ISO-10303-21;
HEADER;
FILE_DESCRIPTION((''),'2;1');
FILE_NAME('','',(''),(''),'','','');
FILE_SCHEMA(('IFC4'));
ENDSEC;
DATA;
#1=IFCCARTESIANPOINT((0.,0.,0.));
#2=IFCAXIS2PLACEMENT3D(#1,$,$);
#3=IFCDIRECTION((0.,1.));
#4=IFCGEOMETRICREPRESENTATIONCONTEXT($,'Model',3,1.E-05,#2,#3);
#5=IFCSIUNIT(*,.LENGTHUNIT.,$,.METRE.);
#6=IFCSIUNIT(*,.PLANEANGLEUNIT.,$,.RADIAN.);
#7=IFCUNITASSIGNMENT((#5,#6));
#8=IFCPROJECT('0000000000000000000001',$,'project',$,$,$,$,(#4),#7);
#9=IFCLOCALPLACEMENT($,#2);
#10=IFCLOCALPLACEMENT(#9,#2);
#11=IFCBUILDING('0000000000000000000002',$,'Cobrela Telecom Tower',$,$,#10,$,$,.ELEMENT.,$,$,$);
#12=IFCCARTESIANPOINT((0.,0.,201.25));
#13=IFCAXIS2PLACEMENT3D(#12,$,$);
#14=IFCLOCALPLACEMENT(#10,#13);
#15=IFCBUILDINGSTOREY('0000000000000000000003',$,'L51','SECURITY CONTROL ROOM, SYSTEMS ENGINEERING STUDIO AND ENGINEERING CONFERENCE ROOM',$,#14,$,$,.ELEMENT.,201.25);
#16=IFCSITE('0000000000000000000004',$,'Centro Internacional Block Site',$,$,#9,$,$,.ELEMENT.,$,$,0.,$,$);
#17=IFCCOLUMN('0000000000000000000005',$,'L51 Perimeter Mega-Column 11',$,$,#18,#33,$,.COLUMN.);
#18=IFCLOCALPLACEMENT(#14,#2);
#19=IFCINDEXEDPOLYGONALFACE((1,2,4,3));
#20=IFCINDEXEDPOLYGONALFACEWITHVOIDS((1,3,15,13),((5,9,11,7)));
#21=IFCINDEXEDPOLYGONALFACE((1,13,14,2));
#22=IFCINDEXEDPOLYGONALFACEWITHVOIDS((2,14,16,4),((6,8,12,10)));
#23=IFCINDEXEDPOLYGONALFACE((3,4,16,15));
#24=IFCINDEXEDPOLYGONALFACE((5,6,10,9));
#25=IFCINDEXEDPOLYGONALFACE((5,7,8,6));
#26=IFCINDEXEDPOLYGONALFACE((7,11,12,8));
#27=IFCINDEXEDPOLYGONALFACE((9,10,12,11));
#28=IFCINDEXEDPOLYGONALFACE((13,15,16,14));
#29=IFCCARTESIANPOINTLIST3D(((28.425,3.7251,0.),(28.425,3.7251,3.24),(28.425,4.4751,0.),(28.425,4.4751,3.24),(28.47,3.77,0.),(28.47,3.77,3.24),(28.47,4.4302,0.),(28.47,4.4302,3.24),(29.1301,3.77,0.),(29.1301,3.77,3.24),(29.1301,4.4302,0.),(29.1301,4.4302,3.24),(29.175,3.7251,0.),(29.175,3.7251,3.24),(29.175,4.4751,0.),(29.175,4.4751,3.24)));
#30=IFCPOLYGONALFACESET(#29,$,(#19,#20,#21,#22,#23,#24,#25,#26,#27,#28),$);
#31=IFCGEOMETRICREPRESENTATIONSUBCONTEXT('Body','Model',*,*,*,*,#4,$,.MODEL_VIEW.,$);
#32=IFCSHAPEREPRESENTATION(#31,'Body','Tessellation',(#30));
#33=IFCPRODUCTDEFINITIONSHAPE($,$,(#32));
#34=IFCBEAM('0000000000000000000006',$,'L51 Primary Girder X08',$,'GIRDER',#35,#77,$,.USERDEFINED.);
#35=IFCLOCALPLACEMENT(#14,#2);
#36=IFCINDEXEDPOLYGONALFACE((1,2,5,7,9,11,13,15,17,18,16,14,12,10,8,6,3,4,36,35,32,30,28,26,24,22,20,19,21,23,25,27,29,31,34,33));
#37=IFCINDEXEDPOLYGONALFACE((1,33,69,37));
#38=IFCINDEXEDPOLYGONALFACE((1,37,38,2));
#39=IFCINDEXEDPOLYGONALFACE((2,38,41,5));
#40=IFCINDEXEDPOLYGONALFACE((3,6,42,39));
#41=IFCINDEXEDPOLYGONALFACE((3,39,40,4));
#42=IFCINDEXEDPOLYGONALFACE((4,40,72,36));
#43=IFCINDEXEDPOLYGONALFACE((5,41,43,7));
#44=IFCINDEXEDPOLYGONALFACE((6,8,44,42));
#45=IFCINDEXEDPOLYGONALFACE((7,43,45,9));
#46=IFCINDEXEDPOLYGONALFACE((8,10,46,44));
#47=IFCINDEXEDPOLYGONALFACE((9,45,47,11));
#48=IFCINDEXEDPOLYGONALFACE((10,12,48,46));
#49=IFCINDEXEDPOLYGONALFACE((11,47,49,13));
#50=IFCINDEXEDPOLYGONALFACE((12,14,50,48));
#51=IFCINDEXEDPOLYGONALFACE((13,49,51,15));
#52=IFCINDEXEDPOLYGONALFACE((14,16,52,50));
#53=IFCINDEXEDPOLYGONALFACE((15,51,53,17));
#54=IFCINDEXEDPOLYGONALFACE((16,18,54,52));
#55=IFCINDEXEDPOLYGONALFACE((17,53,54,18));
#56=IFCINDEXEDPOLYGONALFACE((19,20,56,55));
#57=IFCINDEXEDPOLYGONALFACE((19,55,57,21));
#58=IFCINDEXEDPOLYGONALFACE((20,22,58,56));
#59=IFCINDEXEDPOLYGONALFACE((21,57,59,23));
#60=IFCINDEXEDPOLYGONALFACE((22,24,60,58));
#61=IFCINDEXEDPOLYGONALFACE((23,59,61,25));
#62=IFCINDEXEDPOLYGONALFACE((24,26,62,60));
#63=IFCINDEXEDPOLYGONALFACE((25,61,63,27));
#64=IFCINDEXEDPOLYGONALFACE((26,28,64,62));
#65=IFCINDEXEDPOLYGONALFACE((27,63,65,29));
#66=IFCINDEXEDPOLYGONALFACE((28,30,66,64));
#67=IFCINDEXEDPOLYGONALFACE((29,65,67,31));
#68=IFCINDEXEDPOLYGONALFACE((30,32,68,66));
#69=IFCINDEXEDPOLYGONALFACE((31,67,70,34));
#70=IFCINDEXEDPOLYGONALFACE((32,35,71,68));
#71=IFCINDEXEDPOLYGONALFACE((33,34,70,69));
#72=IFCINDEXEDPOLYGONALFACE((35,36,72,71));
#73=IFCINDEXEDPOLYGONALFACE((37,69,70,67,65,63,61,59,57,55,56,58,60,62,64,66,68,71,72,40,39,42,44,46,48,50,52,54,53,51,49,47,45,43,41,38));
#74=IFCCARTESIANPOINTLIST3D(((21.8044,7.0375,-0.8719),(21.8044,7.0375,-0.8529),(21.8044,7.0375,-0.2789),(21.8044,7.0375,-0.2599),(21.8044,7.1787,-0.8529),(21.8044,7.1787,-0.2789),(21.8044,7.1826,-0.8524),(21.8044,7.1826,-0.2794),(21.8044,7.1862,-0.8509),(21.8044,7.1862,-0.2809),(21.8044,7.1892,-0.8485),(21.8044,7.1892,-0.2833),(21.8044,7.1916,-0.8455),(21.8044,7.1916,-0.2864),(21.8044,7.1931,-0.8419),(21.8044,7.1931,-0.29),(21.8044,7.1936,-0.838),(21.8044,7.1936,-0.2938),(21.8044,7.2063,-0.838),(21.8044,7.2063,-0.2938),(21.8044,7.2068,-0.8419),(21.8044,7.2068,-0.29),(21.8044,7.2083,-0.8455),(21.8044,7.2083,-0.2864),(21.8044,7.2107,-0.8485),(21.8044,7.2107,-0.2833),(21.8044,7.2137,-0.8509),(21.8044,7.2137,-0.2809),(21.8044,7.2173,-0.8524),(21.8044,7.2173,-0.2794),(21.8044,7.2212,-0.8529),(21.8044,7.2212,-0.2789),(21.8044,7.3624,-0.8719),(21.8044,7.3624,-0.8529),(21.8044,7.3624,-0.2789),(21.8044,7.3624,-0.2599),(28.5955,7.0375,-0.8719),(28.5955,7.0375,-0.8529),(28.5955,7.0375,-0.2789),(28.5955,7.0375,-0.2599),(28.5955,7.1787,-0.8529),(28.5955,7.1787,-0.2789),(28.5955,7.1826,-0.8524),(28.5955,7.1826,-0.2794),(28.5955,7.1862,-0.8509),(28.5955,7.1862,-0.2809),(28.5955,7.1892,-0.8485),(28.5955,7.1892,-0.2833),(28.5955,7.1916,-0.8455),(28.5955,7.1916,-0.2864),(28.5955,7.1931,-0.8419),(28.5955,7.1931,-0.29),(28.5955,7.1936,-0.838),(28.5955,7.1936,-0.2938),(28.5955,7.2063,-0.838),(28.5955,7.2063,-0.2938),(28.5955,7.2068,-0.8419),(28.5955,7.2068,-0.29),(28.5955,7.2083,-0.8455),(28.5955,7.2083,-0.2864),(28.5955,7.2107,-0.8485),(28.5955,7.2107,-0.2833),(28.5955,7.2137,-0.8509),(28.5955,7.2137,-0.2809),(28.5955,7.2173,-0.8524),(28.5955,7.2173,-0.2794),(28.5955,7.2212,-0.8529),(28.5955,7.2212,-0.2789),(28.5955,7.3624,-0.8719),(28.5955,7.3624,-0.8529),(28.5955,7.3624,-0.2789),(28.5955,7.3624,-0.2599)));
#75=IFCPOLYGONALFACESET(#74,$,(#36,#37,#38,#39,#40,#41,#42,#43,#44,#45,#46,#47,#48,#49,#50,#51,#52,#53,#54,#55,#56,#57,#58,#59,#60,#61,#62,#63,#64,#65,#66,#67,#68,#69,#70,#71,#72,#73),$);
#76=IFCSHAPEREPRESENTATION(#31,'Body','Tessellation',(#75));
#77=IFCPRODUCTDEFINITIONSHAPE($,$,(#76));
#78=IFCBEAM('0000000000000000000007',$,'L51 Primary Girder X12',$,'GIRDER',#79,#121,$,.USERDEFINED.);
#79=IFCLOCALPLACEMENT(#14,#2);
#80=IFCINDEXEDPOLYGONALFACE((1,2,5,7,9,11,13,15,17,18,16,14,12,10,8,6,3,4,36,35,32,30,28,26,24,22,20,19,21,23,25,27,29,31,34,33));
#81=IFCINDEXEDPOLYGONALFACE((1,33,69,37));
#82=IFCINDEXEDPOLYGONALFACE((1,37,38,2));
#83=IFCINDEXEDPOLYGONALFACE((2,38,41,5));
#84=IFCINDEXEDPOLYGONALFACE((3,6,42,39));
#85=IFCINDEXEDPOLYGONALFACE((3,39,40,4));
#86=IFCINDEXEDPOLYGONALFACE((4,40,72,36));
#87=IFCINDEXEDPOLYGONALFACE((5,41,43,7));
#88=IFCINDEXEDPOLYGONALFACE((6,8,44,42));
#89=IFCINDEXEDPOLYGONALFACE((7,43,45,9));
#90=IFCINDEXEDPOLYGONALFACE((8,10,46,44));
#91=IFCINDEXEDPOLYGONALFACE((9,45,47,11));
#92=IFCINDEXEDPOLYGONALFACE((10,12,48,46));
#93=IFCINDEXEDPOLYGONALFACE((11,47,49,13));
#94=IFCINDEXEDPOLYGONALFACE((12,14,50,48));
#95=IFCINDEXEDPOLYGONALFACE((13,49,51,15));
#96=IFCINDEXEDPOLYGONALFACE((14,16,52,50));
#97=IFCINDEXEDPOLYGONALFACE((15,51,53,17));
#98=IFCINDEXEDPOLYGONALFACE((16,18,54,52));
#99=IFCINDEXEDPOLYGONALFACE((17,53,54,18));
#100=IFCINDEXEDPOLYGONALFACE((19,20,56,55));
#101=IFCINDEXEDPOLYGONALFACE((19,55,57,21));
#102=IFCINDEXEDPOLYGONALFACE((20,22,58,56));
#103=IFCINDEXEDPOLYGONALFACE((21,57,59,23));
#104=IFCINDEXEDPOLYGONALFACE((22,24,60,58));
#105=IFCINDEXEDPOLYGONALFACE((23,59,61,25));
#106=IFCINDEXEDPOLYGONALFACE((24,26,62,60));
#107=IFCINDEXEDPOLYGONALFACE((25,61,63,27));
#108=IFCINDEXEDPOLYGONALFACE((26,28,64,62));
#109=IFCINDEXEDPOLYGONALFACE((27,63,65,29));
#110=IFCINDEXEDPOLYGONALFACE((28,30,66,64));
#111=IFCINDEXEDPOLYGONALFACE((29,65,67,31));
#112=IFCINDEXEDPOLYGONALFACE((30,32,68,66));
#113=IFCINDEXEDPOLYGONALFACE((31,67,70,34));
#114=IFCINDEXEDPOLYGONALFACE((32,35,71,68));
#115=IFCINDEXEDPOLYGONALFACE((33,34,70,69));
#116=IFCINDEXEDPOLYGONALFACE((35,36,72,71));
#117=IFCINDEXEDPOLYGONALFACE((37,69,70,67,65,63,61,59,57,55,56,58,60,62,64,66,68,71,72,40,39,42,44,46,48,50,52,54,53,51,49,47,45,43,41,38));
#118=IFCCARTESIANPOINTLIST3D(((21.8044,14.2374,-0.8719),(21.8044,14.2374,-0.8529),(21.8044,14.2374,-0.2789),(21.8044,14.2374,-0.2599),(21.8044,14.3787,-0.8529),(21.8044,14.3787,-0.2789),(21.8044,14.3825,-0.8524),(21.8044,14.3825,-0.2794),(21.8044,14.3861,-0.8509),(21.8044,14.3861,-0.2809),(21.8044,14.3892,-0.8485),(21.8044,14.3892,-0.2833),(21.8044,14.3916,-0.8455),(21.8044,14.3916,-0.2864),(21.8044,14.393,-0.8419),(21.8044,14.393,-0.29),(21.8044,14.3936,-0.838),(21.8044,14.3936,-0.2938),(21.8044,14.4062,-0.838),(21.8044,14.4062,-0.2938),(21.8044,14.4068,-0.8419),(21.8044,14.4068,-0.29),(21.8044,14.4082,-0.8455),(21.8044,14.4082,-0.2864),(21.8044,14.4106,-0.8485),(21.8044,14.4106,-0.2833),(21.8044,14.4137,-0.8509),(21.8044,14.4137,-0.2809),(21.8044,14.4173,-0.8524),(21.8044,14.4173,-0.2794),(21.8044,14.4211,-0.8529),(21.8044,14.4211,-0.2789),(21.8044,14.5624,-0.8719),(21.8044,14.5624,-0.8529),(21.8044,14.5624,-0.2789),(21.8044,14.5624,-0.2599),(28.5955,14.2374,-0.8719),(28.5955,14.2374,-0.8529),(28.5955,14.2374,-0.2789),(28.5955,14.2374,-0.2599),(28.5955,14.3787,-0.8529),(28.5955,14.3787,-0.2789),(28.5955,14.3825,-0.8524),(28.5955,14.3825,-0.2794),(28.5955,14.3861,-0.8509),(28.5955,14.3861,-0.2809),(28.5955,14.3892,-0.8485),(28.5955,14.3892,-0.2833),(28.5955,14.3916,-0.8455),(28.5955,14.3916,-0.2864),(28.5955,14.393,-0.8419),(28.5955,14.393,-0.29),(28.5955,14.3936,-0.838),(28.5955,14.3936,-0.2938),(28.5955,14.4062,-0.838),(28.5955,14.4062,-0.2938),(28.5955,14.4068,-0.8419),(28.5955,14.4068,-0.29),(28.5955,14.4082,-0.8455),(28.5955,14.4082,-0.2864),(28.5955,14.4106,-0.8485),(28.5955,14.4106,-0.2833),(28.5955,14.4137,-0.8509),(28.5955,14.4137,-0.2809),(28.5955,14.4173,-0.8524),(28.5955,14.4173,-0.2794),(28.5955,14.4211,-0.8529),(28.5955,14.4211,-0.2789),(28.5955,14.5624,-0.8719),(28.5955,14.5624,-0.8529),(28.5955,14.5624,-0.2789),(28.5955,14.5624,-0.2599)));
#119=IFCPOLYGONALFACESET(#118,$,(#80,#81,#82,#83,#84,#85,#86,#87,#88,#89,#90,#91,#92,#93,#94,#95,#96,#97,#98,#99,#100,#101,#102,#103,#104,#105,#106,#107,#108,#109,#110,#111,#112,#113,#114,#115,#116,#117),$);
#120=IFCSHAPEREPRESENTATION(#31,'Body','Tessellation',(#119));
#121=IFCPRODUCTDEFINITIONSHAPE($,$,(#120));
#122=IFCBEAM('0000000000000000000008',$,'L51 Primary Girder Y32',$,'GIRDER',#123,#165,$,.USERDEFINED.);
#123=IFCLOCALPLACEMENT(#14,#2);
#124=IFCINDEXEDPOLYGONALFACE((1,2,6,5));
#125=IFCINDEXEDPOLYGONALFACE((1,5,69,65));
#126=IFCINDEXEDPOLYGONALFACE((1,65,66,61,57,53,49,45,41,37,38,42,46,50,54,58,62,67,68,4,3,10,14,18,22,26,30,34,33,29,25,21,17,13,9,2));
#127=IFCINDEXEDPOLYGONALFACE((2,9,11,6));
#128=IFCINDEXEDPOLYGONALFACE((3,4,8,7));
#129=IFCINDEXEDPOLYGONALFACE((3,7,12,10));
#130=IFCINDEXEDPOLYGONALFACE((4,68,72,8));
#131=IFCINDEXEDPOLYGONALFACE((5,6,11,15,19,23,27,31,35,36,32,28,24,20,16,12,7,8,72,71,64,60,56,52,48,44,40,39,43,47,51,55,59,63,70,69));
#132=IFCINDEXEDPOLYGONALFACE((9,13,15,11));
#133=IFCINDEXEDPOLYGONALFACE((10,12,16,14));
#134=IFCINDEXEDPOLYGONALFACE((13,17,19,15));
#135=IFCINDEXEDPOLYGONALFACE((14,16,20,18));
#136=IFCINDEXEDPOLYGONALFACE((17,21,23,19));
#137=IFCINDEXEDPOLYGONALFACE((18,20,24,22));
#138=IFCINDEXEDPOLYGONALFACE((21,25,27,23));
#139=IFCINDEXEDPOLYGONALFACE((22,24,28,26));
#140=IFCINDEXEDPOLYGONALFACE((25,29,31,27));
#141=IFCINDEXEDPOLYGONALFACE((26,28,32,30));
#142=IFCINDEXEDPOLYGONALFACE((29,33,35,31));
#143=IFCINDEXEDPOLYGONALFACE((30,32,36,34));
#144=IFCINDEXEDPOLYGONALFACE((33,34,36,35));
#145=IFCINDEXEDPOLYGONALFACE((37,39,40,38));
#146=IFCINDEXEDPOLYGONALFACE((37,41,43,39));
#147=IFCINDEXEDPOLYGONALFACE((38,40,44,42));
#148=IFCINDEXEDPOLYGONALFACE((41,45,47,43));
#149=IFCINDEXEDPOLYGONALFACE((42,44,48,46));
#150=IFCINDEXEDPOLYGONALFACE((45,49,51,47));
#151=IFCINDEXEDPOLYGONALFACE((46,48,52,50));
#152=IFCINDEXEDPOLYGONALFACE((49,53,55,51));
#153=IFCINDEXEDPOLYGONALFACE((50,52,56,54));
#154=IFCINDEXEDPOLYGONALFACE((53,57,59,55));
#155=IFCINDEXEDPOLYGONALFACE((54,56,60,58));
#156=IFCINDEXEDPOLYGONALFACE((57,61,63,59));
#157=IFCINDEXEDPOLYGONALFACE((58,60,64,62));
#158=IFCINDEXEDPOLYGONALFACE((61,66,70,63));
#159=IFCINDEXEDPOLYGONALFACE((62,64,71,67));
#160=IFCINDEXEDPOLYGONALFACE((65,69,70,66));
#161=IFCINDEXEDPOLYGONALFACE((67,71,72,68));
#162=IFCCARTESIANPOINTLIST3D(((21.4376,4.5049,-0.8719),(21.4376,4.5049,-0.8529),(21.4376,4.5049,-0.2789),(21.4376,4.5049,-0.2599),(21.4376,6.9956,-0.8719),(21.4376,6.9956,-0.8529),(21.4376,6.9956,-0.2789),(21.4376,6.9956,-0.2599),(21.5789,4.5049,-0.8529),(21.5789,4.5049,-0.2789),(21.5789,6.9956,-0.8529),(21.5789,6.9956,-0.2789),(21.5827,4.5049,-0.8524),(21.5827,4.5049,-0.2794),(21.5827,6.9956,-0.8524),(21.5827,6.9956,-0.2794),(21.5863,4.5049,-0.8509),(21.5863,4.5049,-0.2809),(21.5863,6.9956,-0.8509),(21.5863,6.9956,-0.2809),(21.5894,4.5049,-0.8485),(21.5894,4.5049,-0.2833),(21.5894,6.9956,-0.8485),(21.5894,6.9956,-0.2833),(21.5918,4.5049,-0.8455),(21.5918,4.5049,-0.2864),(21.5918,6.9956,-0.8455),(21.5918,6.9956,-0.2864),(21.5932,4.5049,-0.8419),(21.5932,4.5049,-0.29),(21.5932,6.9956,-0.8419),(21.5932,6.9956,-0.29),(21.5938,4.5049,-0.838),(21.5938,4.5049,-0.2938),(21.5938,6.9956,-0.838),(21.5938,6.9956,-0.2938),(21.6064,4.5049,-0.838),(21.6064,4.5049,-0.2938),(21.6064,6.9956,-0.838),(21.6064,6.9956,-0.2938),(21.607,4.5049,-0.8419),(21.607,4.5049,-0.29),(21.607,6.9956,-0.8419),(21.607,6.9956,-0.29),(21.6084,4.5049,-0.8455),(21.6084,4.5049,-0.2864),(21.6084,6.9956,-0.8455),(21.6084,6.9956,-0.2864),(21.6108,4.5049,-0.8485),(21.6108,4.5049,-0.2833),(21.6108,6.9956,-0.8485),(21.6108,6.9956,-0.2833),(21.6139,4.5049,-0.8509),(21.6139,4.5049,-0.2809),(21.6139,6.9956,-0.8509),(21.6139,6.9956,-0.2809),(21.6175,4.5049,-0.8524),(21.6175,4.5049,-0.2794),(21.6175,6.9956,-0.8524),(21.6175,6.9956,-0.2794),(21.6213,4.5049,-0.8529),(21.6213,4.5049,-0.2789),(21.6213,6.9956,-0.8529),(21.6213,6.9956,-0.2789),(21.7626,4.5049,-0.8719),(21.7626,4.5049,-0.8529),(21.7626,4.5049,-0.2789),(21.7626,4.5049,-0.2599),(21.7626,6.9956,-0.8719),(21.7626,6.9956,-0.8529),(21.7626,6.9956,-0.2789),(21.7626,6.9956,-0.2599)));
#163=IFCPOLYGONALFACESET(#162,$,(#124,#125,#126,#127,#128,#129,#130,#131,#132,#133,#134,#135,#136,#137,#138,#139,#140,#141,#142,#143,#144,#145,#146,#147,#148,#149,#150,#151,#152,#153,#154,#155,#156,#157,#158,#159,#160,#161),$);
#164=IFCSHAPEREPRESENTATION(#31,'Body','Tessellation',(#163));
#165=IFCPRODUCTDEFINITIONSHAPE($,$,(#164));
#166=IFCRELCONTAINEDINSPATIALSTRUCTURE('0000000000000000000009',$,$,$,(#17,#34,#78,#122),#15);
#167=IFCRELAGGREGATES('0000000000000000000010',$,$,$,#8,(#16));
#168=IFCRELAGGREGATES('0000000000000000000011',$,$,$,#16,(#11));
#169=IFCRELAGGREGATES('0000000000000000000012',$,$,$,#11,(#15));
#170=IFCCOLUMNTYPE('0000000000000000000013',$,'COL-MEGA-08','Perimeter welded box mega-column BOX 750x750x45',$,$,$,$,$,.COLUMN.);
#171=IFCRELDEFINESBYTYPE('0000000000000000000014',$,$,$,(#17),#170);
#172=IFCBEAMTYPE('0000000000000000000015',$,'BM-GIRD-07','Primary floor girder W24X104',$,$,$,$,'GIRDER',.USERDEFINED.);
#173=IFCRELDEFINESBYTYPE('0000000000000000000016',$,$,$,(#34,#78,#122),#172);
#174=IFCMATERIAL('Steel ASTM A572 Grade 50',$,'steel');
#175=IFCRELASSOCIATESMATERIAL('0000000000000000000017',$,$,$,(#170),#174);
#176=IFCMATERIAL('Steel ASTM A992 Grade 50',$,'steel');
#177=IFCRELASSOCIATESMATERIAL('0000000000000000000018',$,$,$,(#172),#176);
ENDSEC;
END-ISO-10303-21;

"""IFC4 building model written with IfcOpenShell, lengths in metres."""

from ifc_helpers import new_model, si_unit, direction, frame, origin, origin_2d, place, context, subcontext, project, spatial, hollow_rectangle, i_section, extrude, material, material_profile, profile_set, type_object, element, save


model = new_model("IFC4")

# Units and contexts
model_context = context("Model", 3, precision=1e-05, world=origin(), true_north=direction((0.0, 1.0)))
body_context = subcontext(model_context, "Body", "Model", "MODEL_VIEW")
ifc_project = project(units=[si_unit("LENGTHUNIT", "METRE"), si_unit("PLANEANGLEUNIT", "RADIAN")], contexts=[model_context])

# Site, building, storey
site_placement = place(None, origin())
site = spatial("IfcSite", under=ifc_project, at=site_placement, Name="Centro Internacional Block Site", CompositionType="ELEMENT", RefElevation=0.0)
building_placement = place(site_placement, origin())
building = spatial("IfcBuilding", under=site, at=building_placement, Name="Cobrela Telecom Tower", CompositionType="ELEMENT")
storey_placement = place(building_placement, frame((0.0, 0.0, 201.25)))
storey = spatial("IfcBuildingStorey", under=building, at=storey_placement, Name="L51", Description="SECURITY CONTROL ROOM, SYSTEMS ENGINEERING STUDIO AND ENGINEERING CONFERENCE ROOM", CompositionType="ELEMENT", Elevation=201.25)

# Column
ifc_material_1 = material(Name="Steel ASTM A992 Grade 50", Category="steel")
ifc_material_2 = material(Name="Steel ASTM A572 Grade 50", Category="steel")
ifc_material_profile_1 = material_profile(ifc_material_2, hollow_rectangle(XDim=0.75, YDim=0.75, WallThickness=0.0449, at=origin_2d()), Name="BOX 750x750x45")
ifc_profile_set_1 = profile_set([ifc_material_profile_1], Name="Steel ASTM A572 Grade 50")
column_type_1 = type_object("IfcColumnType", Name="COL-MEGA-08", Description="Perimeter welded box mega-column BOX 750x750x45", PredefinedType="COLUMN", material=ifc_profile_set_1)
for number, where, z_axis, x_axis, name in (
    (1, (28.8, 4.1001, 0.0), (0.0, 0.0, 1.0), (1.0, 0.0, 0.0), "L51 Perimeter Mega-Column 11"),
):
    element("IfcColumn", number, at=place(storey_placement, frame(where, z_axis=z_axis, x_axis=x_axis)), inside=storey, type_object=column_type_1, Name=name, PredefinedType="COLUMN", context=body_context, shape_type="SweptSolid", body=[
        extrude(hollow_rectangle(XDim=0.75, YDim=0.75, WallThickness=0.0449, at=origin_2d()), origin(), (0.0, 0.0, 1.0), 3.24),
    ])

# Beams
ifc_material_profile_2 = material_profile(ifc_material_1, i_section(OverallWidth=0.325, OverallDepth=0.6121, WebThickness=0.0127, FlangeThickness=0.019, FilletRadius=0.0149, at=origin_2d()), Name="W24X104")
ifc_profile_set_2 = profile_set([ifc_material_profile_2], Name="Steel ASTM A992 Grade 50")
beam_type_1 = type_object("IfcBeamType", Name="BM-GIRD-07", Description="Primary floor girder W24X104", ElementType="GIRDER", PredefinedType="USERDEFINED", material=ifc_profile_set_2)
for number, where, z_axis, x_axis, name in (
    (2, (21.8044, 7.2, -0.5659), (1.0, 0.0, 0.0), (0.0, 1.0, 0.0), "L51 Primary Girder X08"),
    (3, (21.8044, 14.3999, -0.5659), (1.0, 0.0, 0.0), (0.0, 1.0, 0.0), "L51 Primary Girder X12"),
):
    element("IfcBeam", number, at=place(storey_placement, frame(where, z_axis=z_axis, x_axis=x_axis)), inside=storey, type_object=beam_type_1, Name=name, ObjectType="GIRDER", PredefinedType="USERDEFINED", context=body_context, shape_type="SweptSolid", body=[
        extrude(i_section(OverallWidth=0.325, OverallDepth=0.6121, WebThickness=0.0127, FlangeThickness=0.019, FilletRadius=0.0149, at=origin_2d()), origin(), (0.0, 0.0, 1.0), 6.791),
    ])
beam_1_placement = place(storey_placement, frame((21.6001, 4.5049, -0.5659), z_axis=(0.0, 1.0, 0.0), x_axis=(-1.0, 0.0, 0.0)))
element("IfcBeam", 4, at=beam_1_placement, inside=storey, type_object=beam_type_1, Name="L51 Primary Girder Y32", ObjectType="GIRDER", PredefinedType="USERDEFINED", context=body_context, shape_type="SweptSolid", body=[
    extrude(i_section(OverallWidth=0.325, OverallDepth=0.6121, WebThickness=0.0127, FlangeThickness=0.019, FilletRadius=0.0149, at=origin_2d()), origin(), (0.0, 0.0, 1.0), 2.4907),
])

save(model, "model.ifc")
